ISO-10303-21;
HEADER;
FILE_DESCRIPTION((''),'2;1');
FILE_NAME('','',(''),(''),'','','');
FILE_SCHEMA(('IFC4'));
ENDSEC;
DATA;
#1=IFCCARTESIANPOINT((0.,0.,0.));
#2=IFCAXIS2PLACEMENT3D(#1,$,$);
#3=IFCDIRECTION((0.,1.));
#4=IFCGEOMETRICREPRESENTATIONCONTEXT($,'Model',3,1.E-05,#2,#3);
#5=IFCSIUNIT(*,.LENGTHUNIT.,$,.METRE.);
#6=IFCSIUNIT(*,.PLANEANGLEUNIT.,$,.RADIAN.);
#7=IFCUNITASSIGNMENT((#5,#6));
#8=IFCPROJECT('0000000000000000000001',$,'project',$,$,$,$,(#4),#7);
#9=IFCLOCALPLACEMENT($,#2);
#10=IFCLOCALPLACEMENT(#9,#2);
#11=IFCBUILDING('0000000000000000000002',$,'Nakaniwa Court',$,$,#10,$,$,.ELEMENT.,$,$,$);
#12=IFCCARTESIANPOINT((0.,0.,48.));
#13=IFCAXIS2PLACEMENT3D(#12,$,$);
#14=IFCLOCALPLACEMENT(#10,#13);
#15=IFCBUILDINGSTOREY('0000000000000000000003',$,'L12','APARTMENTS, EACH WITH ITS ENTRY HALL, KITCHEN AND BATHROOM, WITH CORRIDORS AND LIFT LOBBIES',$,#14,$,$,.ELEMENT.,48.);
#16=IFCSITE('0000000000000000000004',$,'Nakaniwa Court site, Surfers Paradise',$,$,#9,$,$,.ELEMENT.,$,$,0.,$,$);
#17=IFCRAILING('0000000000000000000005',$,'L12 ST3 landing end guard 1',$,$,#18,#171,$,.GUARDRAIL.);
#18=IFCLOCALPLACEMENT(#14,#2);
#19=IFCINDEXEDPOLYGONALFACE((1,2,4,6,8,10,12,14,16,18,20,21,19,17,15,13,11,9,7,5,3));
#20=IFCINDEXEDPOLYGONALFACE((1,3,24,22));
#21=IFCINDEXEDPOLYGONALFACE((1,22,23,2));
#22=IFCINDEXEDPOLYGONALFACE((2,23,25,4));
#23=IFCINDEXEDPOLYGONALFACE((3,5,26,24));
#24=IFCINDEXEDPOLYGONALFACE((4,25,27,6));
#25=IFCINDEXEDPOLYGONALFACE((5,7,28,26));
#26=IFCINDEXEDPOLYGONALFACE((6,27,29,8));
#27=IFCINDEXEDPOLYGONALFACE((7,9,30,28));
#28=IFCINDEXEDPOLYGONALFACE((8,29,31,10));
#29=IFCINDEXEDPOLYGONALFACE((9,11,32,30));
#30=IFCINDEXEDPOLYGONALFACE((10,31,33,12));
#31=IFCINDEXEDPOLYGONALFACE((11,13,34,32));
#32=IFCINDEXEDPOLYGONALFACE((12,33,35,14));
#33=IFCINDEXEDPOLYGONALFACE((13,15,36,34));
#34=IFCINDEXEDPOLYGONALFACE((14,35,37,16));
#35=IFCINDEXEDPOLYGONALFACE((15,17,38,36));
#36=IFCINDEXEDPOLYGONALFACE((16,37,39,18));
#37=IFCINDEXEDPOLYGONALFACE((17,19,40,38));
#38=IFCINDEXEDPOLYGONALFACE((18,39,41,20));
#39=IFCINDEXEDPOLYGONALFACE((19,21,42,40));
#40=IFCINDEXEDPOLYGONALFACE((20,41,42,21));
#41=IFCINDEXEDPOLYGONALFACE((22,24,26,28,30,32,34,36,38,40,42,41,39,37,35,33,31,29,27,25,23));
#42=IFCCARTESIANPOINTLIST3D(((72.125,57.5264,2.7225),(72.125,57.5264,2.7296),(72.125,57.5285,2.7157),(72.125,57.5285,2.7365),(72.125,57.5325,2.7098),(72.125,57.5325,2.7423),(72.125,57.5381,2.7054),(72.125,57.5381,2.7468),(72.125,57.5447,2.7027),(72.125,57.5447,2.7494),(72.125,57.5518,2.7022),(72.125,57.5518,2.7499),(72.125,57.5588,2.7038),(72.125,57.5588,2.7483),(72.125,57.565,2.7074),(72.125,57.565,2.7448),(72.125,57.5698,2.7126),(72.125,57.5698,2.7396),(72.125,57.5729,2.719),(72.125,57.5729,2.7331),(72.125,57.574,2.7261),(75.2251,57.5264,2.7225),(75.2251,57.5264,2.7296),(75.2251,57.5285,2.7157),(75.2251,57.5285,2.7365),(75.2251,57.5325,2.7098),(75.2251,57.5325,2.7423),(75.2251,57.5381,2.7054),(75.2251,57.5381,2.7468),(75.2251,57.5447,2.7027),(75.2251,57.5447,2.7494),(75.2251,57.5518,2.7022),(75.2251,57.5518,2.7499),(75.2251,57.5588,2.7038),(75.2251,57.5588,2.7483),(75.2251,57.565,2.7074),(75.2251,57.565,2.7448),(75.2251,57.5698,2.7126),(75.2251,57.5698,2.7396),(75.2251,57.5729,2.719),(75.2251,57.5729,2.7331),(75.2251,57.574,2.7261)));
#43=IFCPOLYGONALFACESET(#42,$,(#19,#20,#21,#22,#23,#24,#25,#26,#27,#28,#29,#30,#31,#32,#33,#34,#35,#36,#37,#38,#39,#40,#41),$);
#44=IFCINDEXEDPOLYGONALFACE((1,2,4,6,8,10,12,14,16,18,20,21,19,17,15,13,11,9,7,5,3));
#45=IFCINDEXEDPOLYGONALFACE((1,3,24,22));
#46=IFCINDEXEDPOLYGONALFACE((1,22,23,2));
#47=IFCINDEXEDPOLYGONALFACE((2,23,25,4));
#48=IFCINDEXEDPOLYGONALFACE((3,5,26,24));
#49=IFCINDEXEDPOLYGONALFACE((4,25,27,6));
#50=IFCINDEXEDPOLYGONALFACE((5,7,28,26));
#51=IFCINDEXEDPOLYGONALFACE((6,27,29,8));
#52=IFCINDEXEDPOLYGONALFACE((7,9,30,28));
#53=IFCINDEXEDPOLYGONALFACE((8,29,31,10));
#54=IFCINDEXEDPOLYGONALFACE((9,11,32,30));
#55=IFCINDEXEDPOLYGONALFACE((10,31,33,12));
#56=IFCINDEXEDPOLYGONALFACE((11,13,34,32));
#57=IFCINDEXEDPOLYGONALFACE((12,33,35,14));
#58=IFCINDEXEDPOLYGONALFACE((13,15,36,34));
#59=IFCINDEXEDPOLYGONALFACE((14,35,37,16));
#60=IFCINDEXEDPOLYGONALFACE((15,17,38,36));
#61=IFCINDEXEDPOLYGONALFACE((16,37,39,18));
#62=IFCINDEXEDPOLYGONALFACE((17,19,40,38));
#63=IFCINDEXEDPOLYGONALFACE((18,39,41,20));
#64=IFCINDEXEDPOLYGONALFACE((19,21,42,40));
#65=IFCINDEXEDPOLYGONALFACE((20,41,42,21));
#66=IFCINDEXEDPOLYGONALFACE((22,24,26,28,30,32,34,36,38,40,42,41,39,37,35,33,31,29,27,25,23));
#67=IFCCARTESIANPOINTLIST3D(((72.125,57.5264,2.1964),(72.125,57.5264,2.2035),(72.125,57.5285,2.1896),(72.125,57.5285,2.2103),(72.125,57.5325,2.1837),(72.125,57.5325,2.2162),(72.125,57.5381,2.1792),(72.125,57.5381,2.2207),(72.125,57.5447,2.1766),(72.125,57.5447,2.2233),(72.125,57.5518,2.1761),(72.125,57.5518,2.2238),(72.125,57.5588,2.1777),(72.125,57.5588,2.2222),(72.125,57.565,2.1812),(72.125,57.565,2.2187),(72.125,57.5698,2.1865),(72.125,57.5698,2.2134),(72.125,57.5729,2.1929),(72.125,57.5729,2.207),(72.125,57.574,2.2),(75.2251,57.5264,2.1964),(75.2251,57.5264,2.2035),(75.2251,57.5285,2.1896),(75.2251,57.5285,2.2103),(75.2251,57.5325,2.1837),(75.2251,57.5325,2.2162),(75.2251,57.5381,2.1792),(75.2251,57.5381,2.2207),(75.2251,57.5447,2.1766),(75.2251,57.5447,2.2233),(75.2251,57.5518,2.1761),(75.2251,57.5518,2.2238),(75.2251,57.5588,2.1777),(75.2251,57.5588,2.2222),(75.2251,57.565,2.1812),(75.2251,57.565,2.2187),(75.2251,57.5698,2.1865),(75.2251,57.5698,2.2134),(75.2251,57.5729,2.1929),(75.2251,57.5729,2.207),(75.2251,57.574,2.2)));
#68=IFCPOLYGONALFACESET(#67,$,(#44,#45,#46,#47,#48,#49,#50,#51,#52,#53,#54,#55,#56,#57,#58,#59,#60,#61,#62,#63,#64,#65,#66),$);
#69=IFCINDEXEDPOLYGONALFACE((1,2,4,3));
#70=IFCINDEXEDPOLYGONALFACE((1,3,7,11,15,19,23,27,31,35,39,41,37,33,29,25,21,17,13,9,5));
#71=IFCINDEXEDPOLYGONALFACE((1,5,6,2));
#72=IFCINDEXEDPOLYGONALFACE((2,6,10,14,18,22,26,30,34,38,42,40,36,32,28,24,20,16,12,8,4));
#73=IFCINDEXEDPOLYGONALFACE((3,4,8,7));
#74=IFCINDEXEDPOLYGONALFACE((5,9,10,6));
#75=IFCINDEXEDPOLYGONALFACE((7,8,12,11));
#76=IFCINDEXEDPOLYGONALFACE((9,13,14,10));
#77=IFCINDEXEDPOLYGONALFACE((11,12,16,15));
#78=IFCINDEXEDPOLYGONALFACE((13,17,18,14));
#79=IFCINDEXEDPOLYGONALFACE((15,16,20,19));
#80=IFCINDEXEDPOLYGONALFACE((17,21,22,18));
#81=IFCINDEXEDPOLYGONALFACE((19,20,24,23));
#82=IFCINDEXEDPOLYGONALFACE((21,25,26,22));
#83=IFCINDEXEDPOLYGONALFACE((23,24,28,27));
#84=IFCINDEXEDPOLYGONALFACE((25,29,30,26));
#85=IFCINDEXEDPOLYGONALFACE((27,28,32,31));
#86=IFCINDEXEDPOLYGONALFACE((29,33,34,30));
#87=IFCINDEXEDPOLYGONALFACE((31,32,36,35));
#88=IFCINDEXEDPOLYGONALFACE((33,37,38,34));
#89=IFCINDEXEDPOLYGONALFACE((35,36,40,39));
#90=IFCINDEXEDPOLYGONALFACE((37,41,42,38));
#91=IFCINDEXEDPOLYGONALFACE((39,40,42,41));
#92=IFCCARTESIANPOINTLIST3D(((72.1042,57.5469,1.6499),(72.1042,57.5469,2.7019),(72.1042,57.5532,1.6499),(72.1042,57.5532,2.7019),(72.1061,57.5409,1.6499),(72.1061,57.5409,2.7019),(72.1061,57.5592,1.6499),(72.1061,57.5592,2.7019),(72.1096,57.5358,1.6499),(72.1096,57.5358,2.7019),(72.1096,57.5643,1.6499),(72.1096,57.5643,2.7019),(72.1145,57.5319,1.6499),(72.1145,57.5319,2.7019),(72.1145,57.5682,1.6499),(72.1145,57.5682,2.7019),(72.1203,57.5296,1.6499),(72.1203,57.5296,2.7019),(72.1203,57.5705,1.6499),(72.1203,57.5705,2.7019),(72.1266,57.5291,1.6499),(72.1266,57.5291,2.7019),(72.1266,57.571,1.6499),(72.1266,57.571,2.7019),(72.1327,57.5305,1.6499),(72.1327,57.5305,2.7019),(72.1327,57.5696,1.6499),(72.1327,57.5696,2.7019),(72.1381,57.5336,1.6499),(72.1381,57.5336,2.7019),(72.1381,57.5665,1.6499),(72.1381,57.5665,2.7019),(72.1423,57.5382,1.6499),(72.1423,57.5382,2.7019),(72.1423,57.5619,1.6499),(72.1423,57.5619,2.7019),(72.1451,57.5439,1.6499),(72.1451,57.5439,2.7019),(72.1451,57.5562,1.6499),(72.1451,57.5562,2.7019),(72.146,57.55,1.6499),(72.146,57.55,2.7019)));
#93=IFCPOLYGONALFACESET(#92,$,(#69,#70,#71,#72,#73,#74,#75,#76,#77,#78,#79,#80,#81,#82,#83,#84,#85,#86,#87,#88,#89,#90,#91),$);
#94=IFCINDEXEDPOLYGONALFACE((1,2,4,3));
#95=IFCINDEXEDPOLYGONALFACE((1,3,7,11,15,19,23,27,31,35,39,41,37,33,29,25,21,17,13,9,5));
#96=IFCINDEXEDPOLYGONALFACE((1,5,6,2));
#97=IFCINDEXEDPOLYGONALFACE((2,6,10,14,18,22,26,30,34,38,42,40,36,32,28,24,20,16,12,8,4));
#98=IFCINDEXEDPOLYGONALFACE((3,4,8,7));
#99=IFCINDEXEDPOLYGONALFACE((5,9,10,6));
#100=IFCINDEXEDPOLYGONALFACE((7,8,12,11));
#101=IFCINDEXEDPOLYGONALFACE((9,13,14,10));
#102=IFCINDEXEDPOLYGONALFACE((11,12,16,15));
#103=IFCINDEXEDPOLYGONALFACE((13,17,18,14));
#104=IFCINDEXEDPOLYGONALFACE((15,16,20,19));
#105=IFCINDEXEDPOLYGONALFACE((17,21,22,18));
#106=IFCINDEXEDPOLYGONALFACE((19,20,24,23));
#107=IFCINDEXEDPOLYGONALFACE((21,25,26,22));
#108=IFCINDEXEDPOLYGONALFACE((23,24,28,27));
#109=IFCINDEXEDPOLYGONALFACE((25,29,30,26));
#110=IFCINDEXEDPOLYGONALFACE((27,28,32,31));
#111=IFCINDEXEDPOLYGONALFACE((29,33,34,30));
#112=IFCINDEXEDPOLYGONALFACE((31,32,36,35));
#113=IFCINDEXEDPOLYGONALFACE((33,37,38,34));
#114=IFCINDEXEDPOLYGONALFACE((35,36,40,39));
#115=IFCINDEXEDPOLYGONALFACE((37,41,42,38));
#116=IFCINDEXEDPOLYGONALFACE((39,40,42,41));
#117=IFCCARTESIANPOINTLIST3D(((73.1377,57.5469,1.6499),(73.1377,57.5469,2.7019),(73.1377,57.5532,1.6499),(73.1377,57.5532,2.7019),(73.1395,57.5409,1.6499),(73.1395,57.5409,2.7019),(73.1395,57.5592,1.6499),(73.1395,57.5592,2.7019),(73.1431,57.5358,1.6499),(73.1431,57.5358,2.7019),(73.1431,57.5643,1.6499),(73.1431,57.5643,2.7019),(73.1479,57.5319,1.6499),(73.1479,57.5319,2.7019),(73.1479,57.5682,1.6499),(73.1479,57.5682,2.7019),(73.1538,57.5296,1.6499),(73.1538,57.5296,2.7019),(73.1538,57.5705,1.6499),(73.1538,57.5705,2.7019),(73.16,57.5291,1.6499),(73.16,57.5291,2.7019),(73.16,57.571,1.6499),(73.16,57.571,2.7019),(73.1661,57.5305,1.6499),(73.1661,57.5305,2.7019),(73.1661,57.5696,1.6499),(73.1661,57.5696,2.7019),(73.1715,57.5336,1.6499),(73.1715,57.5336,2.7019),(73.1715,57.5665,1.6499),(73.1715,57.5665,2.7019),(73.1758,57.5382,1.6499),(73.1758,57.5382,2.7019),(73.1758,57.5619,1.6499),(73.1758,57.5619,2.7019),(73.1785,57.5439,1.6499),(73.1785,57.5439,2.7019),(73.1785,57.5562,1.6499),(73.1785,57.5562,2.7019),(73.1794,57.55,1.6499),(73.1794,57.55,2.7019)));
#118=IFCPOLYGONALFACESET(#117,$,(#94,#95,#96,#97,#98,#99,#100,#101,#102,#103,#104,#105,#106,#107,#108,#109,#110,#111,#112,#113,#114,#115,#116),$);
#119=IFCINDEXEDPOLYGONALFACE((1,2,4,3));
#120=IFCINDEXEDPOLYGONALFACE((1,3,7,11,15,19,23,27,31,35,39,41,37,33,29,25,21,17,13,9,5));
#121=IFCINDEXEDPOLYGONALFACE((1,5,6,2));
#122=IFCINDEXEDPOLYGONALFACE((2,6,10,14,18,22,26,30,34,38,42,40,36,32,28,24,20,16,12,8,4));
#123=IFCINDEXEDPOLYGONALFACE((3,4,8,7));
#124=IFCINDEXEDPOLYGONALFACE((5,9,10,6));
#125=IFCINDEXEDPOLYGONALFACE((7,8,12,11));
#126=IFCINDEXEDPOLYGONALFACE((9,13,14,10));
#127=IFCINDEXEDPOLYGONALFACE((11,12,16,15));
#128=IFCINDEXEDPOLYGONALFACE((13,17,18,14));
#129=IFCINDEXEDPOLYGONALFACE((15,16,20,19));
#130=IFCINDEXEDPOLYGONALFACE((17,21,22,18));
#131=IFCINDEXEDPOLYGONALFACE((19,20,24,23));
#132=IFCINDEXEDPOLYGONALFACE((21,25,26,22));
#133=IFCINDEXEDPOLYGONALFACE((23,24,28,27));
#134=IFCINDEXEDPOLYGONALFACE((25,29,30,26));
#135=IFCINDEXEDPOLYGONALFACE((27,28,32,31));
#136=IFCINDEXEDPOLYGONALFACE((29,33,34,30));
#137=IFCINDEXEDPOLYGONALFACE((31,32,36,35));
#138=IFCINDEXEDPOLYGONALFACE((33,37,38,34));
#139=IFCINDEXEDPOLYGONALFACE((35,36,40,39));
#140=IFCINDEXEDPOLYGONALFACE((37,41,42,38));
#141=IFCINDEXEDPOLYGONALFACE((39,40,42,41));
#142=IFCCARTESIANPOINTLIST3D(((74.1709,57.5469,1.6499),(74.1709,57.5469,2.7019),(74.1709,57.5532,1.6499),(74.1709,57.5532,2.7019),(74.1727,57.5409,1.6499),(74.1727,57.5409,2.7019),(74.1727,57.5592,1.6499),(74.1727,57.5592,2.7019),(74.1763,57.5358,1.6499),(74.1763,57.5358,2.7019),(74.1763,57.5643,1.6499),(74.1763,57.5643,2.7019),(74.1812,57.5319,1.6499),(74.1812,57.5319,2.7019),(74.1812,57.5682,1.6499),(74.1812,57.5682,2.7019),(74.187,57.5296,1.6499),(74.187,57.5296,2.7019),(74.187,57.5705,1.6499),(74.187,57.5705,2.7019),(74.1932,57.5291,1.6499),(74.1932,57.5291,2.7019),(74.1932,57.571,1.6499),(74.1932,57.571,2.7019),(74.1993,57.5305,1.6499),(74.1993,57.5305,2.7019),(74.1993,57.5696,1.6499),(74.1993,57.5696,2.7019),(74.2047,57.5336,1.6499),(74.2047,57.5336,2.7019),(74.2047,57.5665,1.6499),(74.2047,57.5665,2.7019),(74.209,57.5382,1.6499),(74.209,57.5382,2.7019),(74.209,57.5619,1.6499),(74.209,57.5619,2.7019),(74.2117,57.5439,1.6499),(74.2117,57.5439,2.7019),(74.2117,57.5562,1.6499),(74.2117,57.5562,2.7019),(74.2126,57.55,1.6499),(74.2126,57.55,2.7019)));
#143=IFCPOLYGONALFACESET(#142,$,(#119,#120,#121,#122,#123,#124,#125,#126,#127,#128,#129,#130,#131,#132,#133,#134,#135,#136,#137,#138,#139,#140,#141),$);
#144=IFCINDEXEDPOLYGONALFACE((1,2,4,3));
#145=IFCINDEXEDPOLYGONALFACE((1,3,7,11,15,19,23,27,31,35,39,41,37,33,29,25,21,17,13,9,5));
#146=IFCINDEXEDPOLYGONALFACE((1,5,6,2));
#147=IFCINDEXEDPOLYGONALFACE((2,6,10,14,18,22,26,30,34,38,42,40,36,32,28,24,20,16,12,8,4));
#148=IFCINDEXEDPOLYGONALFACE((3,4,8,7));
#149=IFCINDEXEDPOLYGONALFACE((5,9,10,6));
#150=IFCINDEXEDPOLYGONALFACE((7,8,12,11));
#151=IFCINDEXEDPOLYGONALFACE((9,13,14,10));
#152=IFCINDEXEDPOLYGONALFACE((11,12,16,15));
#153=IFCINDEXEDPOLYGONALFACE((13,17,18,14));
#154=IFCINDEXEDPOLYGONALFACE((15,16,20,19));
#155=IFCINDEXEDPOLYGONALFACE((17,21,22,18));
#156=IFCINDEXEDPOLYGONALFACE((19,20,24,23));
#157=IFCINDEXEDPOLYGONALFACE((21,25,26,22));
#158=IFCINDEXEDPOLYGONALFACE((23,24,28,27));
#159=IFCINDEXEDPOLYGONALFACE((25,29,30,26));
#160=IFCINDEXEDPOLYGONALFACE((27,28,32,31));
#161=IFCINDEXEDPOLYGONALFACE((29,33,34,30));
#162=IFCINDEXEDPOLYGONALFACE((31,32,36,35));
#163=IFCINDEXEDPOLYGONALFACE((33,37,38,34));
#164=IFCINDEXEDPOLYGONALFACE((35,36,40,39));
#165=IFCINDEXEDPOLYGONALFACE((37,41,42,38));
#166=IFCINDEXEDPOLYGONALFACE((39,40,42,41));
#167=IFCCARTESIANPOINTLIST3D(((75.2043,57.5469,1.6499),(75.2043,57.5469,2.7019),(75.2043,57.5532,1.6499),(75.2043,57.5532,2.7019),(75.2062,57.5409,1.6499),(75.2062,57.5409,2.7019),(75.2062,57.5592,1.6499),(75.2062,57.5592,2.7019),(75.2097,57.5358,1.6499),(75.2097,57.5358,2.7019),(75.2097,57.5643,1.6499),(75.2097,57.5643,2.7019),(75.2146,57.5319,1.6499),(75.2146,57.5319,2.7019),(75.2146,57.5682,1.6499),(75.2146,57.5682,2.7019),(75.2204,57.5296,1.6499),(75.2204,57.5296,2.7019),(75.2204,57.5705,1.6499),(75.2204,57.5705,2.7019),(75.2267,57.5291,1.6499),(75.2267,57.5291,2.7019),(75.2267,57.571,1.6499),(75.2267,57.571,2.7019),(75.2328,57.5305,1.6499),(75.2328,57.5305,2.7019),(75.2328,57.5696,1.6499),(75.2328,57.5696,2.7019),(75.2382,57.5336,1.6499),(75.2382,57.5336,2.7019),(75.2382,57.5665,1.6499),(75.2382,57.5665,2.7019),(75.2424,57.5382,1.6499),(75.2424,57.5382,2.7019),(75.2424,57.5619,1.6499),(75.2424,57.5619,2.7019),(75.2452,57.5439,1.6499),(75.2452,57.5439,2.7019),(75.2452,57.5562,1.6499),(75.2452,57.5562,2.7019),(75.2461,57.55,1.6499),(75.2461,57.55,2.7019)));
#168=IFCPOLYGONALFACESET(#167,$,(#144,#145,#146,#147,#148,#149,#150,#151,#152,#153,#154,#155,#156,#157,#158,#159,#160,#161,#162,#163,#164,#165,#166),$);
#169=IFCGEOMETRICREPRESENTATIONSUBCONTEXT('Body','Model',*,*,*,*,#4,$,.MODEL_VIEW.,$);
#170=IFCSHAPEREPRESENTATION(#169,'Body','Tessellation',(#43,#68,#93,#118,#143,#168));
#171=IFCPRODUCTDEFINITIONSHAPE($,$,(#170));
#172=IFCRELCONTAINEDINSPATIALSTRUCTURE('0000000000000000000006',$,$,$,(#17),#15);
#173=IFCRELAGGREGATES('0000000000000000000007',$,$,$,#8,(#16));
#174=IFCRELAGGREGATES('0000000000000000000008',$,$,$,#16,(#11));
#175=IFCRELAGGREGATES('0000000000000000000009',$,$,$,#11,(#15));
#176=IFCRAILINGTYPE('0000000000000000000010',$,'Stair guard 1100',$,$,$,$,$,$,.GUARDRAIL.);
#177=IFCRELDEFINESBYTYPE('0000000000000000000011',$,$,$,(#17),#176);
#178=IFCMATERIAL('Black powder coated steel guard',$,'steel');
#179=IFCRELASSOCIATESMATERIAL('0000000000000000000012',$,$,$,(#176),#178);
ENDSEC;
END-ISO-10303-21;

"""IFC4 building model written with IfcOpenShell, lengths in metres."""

from ifc_helpers import new_model, si_unit, direction, frame, origin, origin_2d, place, context, subcontext, project, spatial, circle, extrude, material, type_object, element, save


model = new_model("IFC4")

# Units and contexts
model_context = context("Model", 3, precision=1e-05, world=origin(), true_north=direction((0.0, 1.0)))
body_context = subcontext(model_context, "Body", "Model", "MODEL_VIEW")
ifc_project = project(units=[si_unit("LENGTHUNIT", "METRE"), si_unit("PLANEANGLEUNIT", "RADIAN")], contexts=[model_context])

# Site, building, storey
site_placement = place(None, origin())
site = spatial("IfcSite", under=ifc_project, at=site_placement, Name="Nakaniwa Court site, Surfers Paradise", CompositionType="ELEMENT", RefElevation=0.0)
building_placement = place(site_placement, origin())
building = spatial("IfcBuilding", under=site, at=building_placement, Name="Nakaniwa Court", CompositionType="ELEMENT")
storey_placement = place(building_placement, frame((0.0, 0.0, 48.0)))
storey = spatial("IfcBuildingStorey", under=building, at=storey_placement, Name="L12", Description="APARTMENTS, EACH WITH ITS ENTRY HALL, KITCHEN AND BATHROOM, WITH CORRIDORS AND LIFT LOBBIES", CompositionType="ELEMENT", Elevation=48.0)

# Railing
ifc_material_1 = material(Name="Black powder coated steel guard", Category="steel")
railing_type_1 = type_object("IfcRailingType", Name="Stair guard 1100", PredefinedType="GUARDRAIL", material=ifc_material_1)
railing_1_placement = place(storey_placement, frame((72.125, 57.55, 1.6499)))
element("IfcRailing", 1, at=railing_1_placement, inside=storey, type_object=railing_type_1, Name="L12 ST3 landing end guard 1", PredefinedType="GUARDRAIL", context=body_context, shape_type="SweptSolid", body=[
    extrude(circle(Radius=0.0239, at=origin_2d()), frame((0.0, 0.0, 1.0762), z_axis=(1.0, 0.0, 0.0), x_axis=(0.0, 1.0, 0.0)), (0.0, 0.0, 1.0), 3.1001),
    extrude(circle(Radius=0.0239, at=origin_2d()), frame((0.0, 0.0, 0.55), z_axis=(1.0, 0.0, 0.0), x_axis=(0.0, 1.0, 0.0)), (0.0, 0.0, 1.0), 3.1001),
    extrude(circle(Radius=0.021, at=origin_2d()), origin(), (0.0, 0.0, 1.0), 1.052),
    extrude(circle(Radius=0.021, at=origin_2d()), frame((1.0334, 0.0, 0.0)), (0.0, 0.0, 1.0), 1.052),
    extrude(circle(Radius=0.021, at=origin_2d()), frame((2.0667, 0.0, 0.0)), (0.0, 0.0, 1.0), 1.052),
    extrude(circle(Radius=0.021, at=origin_2d()), frame((3.1001, 0.0, 0.0)), (0.0, 0.0, 1.0), 1.052),
])

save(model, "model.ifc")
